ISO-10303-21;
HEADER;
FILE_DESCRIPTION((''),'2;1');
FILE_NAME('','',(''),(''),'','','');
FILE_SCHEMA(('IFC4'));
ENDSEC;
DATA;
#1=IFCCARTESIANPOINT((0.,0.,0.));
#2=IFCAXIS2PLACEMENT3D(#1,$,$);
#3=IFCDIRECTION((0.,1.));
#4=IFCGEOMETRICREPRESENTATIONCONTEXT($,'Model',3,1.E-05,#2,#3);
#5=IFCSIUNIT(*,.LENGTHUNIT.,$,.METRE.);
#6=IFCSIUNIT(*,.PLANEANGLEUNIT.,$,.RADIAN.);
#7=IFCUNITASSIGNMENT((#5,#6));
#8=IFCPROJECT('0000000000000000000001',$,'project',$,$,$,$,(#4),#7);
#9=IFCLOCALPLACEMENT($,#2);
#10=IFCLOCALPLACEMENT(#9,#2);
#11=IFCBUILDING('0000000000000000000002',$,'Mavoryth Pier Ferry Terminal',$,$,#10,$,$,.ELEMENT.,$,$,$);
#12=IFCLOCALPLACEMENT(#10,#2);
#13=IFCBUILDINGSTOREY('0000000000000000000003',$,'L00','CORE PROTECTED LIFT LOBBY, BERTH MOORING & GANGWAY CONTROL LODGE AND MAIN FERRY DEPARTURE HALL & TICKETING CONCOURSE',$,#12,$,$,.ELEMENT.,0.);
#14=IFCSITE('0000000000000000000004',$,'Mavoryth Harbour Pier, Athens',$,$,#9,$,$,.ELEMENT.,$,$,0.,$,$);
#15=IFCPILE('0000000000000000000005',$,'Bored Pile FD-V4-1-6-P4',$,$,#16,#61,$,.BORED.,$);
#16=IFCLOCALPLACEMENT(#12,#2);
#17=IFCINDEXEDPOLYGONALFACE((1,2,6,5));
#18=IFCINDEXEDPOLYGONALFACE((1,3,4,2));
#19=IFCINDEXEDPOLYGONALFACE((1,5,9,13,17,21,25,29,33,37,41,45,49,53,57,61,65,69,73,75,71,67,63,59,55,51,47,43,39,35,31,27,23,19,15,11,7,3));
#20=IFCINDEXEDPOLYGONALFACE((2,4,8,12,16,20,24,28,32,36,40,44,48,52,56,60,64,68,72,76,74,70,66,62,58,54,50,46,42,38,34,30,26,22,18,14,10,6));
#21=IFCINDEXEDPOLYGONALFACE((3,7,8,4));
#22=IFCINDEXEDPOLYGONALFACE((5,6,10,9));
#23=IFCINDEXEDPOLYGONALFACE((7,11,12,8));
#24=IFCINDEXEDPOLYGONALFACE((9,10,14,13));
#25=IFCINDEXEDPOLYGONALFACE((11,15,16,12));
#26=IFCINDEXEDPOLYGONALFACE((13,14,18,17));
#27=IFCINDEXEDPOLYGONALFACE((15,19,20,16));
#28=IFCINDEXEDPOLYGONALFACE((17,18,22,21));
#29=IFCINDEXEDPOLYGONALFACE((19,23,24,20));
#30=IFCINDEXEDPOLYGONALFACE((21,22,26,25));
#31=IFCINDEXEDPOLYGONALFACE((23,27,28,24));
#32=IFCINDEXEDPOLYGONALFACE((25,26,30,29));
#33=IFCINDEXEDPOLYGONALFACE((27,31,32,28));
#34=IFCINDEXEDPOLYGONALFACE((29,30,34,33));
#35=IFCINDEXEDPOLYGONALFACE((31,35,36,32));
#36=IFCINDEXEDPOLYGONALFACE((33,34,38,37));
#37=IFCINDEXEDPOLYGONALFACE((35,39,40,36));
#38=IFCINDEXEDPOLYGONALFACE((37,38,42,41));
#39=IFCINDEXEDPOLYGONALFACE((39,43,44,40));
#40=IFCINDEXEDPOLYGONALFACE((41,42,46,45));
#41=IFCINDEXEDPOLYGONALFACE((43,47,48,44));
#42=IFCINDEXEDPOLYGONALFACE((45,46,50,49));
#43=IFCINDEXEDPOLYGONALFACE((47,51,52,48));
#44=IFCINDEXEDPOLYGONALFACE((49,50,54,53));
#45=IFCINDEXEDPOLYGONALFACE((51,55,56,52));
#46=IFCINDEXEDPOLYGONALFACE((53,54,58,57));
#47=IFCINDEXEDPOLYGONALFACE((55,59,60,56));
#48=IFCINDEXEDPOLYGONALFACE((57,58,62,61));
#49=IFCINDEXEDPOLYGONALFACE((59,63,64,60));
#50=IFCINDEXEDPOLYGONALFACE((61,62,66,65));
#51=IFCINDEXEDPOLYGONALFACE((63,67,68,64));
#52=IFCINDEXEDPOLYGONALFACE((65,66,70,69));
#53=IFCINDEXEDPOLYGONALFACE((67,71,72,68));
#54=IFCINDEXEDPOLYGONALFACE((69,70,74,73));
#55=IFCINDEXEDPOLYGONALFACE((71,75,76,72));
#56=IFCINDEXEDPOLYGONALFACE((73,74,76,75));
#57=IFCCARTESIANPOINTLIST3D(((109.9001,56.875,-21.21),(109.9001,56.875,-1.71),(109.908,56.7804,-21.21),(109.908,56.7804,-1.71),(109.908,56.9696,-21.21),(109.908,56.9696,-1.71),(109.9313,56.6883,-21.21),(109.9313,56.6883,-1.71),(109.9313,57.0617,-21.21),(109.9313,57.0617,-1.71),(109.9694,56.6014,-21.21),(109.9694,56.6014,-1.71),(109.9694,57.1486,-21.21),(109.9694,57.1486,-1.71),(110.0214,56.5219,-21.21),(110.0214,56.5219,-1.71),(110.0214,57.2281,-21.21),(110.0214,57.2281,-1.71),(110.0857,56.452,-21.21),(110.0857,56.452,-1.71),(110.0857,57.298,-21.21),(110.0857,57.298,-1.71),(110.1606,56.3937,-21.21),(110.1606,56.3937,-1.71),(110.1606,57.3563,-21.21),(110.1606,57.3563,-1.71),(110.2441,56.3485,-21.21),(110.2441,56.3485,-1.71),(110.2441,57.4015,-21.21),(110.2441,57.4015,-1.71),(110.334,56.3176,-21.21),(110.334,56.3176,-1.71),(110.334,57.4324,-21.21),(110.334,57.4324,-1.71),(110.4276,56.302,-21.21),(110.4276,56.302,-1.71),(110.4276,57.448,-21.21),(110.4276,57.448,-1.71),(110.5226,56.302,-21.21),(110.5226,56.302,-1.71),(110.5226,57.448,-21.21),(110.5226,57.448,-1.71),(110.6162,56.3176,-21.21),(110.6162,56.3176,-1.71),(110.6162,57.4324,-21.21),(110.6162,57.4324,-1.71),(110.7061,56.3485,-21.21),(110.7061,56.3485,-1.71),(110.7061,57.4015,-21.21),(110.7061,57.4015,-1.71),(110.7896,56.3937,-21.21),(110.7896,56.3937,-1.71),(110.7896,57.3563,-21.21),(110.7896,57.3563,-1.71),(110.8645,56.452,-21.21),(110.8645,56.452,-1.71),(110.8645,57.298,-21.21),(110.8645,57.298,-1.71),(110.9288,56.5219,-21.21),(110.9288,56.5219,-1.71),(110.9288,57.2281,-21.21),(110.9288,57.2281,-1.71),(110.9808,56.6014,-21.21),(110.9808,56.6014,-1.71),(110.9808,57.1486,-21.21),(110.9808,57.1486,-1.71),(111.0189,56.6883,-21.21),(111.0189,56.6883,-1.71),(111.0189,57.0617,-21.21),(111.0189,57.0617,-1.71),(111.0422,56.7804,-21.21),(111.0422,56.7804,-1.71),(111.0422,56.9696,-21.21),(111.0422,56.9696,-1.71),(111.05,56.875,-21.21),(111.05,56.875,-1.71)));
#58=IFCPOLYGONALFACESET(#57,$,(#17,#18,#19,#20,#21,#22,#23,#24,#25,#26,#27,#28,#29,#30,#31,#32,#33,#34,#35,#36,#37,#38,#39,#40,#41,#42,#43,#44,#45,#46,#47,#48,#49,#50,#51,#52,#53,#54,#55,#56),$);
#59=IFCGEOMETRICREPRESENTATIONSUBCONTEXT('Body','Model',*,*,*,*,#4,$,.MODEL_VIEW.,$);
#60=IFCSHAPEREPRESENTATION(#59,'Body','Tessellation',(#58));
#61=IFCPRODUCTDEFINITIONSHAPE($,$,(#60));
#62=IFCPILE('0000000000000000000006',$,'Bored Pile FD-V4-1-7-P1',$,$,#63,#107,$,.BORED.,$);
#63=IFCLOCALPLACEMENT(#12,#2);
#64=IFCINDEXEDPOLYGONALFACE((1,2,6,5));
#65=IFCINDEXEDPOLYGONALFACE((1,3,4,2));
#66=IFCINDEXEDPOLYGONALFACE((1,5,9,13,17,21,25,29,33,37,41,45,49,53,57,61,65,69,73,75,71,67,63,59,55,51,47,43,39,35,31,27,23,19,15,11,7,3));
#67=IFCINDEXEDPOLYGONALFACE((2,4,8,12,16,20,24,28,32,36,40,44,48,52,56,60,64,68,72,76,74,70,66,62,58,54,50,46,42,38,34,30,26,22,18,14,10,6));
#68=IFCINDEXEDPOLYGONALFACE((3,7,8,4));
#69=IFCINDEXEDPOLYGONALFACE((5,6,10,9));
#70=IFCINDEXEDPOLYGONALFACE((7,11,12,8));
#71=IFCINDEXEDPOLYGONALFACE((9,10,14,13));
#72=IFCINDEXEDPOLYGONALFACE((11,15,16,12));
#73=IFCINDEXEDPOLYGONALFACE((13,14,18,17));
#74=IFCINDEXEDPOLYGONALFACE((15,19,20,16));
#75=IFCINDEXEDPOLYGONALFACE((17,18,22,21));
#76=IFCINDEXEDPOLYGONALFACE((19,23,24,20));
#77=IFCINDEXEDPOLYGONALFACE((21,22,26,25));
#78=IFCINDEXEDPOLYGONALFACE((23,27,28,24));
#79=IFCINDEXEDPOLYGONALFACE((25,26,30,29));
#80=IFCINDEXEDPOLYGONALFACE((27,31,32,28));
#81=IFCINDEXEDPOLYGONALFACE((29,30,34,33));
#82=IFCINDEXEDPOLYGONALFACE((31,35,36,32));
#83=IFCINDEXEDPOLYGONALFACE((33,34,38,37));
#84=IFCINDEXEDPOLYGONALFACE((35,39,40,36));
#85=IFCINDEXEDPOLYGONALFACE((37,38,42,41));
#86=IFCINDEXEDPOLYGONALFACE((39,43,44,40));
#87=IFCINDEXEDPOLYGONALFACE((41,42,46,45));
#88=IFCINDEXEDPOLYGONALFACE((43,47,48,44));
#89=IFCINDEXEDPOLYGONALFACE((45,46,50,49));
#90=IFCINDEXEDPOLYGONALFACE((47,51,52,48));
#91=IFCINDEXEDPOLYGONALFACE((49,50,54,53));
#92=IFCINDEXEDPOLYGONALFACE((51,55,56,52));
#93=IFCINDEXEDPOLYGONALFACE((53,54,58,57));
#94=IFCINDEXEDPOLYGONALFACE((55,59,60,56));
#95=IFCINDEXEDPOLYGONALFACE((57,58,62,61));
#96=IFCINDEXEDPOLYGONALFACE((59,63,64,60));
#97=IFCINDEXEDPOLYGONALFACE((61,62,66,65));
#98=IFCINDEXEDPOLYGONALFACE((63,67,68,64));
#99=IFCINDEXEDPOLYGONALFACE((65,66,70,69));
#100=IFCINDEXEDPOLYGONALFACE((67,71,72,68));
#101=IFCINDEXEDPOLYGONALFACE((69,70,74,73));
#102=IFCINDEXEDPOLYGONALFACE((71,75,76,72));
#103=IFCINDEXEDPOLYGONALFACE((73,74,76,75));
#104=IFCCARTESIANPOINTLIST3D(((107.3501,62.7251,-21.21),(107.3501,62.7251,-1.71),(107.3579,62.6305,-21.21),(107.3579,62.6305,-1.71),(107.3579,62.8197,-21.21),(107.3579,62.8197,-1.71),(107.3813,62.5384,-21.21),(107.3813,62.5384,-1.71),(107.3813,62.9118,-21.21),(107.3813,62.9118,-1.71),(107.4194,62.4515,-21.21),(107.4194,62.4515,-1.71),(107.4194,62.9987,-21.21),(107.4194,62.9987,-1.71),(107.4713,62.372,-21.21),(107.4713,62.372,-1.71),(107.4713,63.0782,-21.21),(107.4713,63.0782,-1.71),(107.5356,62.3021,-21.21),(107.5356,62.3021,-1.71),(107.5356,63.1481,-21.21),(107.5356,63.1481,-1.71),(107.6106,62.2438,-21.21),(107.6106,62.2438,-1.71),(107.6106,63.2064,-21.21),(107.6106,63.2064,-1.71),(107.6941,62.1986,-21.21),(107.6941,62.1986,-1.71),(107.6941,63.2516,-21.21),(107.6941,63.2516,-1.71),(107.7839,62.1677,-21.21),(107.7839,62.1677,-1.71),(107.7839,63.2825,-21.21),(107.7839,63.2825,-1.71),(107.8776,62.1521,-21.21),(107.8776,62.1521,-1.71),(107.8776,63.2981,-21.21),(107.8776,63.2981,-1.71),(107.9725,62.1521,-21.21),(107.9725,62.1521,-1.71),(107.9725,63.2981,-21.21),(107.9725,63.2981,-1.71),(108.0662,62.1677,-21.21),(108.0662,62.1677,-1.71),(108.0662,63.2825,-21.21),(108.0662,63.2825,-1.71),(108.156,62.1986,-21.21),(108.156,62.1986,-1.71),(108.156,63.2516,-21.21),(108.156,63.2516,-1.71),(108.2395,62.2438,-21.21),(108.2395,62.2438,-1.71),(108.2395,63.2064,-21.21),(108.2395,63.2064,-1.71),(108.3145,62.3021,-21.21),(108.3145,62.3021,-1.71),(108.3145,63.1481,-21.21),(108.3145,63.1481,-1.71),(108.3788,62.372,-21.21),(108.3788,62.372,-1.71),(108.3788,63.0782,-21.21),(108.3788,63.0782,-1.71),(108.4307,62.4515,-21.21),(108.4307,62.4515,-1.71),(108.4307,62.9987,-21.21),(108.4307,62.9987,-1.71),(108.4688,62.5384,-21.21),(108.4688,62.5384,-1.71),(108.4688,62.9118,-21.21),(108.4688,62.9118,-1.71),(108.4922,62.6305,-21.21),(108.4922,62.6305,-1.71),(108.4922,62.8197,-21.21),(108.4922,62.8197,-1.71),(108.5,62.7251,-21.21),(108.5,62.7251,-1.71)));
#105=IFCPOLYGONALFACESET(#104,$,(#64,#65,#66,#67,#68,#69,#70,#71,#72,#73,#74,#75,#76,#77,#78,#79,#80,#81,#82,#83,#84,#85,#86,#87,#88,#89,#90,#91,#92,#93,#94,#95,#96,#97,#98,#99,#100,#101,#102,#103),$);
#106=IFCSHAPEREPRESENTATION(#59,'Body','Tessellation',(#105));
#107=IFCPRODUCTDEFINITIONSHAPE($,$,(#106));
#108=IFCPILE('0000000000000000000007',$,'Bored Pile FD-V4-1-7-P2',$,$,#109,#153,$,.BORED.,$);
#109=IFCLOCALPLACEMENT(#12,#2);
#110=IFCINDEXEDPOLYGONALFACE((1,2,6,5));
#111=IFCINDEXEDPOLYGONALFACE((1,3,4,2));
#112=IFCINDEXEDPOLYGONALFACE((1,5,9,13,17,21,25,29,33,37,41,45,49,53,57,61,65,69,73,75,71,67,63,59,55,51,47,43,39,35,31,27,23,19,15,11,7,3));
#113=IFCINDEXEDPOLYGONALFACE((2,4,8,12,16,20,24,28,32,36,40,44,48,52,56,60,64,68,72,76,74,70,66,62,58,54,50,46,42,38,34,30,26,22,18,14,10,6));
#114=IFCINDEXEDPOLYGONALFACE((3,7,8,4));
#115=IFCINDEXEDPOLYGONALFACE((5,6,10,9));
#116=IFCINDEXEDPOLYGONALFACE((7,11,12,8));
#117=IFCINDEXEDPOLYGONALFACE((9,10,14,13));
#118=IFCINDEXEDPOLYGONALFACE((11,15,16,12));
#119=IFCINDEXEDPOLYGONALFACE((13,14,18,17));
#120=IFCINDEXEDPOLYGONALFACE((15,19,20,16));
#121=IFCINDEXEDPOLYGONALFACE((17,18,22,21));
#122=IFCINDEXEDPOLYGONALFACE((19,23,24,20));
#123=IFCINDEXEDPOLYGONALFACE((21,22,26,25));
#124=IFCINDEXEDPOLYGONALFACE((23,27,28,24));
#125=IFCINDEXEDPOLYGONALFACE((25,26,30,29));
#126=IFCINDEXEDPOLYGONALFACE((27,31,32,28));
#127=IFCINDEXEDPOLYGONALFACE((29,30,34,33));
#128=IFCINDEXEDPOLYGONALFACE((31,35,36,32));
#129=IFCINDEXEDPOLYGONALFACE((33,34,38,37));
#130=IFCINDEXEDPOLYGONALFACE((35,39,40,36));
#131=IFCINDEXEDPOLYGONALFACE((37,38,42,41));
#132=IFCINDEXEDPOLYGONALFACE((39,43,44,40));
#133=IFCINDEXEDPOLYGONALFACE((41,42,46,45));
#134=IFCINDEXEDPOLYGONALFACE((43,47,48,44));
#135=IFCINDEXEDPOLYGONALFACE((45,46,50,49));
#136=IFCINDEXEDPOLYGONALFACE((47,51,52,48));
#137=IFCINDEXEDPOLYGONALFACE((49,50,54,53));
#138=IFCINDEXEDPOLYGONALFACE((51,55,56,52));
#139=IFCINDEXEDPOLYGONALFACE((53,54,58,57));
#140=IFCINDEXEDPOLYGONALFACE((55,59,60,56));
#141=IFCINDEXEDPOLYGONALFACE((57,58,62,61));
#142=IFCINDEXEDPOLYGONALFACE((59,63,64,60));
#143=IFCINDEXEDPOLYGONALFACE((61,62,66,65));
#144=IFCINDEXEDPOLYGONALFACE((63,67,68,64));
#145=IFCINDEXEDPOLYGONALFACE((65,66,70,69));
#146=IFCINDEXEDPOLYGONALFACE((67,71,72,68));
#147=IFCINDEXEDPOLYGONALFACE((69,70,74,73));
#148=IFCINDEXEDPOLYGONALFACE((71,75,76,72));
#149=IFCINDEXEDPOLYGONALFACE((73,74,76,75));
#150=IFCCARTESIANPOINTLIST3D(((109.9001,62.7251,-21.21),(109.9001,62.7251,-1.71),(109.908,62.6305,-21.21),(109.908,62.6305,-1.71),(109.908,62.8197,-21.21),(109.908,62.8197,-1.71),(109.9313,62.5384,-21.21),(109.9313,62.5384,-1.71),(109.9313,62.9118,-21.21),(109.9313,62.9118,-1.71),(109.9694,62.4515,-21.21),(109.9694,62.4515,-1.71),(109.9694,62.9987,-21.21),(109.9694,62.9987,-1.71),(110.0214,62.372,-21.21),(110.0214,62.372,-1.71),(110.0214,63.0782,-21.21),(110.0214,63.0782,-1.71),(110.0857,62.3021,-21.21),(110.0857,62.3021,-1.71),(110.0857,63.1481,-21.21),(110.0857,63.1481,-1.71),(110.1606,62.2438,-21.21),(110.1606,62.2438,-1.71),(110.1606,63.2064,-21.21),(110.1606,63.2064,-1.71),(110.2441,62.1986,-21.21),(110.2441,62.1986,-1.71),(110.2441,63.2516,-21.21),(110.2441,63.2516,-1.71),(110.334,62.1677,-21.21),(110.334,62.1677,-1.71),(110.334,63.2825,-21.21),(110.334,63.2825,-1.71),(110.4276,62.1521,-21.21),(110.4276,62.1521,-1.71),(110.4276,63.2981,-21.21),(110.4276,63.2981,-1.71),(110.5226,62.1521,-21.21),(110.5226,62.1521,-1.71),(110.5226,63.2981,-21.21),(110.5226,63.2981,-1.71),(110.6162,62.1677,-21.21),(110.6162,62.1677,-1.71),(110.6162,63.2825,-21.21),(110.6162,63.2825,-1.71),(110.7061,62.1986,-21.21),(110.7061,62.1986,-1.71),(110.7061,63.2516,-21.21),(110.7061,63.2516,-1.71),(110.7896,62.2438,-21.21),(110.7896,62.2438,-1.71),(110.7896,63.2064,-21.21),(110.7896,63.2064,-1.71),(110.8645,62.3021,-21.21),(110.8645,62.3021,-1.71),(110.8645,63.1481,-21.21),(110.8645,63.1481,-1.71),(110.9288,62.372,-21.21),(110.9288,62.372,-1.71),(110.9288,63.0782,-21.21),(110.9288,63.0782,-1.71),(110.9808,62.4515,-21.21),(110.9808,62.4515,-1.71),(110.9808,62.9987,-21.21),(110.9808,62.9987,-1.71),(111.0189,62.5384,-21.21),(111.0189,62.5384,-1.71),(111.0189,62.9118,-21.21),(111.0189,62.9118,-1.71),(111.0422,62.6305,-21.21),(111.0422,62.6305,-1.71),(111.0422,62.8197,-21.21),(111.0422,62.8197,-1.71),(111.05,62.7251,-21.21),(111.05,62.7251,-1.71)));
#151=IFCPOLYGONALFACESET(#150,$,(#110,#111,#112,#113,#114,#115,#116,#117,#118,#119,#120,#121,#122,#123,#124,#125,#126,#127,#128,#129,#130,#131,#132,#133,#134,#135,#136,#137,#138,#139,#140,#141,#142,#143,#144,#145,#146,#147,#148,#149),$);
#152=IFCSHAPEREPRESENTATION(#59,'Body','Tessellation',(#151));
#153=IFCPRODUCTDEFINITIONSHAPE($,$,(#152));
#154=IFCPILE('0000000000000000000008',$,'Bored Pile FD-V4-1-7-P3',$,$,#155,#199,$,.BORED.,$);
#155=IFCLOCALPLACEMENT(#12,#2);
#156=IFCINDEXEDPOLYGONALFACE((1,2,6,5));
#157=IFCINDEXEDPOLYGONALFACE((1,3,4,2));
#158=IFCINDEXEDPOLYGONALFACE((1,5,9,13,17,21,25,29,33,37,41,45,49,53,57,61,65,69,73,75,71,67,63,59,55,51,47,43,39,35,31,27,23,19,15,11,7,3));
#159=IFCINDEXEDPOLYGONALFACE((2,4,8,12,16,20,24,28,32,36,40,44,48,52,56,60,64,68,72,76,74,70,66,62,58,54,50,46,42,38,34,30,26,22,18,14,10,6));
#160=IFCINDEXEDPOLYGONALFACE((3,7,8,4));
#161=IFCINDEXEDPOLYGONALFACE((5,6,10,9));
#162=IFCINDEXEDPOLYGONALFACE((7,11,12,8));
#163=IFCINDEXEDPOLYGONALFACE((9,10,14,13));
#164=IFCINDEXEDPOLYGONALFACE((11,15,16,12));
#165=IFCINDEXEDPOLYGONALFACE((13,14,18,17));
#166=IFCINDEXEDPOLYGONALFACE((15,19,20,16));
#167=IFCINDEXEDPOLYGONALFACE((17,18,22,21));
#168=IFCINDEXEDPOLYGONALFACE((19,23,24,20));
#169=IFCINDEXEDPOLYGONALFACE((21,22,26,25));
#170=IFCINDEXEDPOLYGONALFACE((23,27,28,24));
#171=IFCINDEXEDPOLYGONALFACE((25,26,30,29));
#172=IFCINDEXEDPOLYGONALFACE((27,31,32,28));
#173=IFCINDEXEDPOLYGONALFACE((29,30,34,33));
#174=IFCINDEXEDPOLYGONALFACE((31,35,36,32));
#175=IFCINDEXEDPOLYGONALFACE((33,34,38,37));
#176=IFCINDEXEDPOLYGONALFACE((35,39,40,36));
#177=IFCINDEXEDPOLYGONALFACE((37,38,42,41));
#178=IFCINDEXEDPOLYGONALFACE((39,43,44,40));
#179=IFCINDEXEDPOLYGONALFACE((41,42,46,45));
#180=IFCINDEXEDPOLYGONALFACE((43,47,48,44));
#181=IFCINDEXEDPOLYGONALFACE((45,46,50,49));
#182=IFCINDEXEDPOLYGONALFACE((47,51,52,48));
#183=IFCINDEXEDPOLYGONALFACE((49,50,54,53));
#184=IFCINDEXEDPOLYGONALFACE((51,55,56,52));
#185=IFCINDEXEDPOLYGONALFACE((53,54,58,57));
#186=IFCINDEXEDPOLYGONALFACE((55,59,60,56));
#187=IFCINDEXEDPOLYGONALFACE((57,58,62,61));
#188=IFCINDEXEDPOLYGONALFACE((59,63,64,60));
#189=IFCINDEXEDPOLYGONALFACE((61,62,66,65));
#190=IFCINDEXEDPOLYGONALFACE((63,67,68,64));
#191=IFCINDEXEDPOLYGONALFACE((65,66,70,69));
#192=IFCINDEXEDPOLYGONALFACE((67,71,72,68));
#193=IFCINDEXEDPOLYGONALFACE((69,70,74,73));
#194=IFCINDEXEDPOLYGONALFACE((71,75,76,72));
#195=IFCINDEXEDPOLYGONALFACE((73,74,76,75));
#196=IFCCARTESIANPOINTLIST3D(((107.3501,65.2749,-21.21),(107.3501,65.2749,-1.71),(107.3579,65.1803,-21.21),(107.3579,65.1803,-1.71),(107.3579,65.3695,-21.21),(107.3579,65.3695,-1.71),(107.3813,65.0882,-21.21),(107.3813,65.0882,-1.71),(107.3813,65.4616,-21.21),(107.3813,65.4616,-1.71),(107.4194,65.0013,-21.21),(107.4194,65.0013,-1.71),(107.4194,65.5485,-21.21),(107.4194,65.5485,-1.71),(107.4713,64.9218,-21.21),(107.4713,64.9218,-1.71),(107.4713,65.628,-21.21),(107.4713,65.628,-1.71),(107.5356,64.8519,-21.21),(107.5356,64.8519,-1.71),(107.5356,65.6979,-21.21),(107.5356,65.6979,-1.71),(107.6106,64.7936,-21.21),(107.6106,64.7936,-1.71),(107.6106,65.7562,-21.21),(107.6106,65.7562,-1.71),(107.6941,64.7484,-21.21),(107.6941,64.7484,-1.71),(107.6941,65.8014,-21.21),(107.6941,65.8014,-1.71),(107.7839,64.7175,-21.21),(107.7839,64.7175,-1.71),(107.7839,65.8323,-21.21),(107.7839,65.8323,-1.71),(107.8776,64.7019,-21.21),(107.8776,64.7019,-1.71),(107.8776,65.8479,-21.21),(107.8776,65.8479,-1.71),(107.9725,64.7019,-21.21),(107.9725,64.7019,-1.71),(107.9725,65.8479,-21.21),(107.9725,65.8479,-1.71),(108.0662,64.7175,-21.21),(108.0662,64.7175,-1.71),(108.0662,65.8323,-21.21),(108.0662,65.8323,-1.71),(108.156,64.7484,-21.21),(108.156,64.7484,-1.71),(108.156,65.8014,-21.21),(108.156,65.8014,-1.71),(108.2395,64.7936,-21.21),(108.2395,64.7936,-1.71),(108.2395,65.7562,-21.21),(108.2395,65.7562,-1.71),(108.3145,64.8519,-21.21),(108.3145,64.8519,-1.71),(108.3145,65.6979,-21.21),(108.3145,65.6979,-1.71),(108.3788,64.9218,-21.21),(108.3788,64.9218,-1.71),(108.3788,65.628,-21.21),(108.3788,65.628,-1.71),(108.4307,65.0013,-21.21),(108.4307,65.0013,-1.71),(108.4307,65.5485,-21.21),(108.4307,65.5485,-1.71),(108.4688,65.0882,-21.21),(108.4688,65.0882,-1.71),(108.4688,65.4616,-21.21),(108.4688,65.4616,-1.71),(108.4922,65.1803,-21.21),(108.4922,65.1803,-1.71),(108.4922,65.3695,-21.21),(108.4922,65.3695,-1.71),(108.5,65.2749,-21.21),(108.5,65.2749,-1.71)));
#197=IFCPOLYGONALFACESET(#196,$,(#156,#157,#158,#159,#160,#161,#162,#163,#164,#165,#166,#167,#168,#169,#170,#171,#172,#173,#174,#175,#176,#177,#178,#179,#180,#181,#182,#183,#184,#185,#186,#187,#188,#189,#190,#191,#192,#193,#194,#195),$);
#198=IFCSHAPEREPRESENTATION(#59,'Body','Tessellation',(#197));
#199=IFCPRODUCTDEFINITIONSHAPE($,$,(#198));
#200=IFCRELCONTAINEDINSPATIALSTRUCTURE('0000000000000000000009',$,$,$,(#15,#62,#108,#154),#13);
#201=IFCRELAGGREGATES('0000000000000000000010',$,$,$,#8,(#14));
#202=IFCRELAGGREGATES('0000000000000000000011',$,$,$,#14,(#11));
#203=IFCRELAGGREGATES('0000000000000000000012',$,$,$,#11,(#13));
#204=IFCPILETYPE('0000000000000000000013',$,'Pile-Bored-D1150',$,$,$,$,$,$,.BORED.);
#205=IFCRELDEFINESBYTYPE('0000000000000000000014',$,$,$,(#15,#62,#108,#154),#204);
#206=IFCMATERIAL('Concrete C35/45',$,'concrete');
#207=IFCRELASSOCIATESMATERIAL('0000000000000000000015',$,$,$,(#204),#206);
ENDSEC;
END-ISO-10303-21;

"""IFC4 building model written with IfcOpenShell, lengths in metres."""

from ifc_helpers import new_model, si_unit, direction, frame, origin, origin_2d, place, context, subcontext, project, spatial, circle, extrude, material, material_profile, profile_set, type_object, element, save


model = new_model("IFC4")

# Units and contexts
model_context = context("Model", 3, precision=1e-05, world=origin(), true_north=direction((0.0, 1.0)))
body_context = subcontext(model_context, "Body", "Model", "MODEL_VIEW")
ifc_project = project(units=[si_unit("LENGTHUNIT", "METRE"), si_unit("PLANEANGLEUNIT", "RADIAN")], contexts=[model_context])

# Site, building, storey
site_placement = place(None, origin())
site = spatial("IfcSite", under=ifc_project, at=site_placement, Name="Mavoryth Harbour Pier, Athens", CompositionType="ELEMENT", RefElevation=0.0)
building_placement = place(site_placement, origin())
building = spatial("IfcBuilding", under=site, at=building_placement, Name="Mavoryth Pier Ferry Terminal", CompositionType="ELEMENT")
storey_placement = place(building_placement, origin())
storey = spatial("IfcBuildingStorey", under=building, at=storey_placement, Name="L00", Description="CORE PROTECTED LIFT LOBBY, BERTH MOORING & GANGWAY CONTROL LODGE AND MAIN FERRY DEPARTURE HALL & TICKETING CONCOURSE", CompositionType="ELEMENT", Elevation=0.0)

# Shared definitions
ifc_material_1 = material(Name="Concrete C35/45", Category="concrete")

# Piles
ifc_material_profile_1 = material_profile(ifc_material_1, circle(Radius=0.575, at=origin_2d()), Name="PILE D1150", Category="concrete")
ifc_profile_set_1 = profile_set([ifc_material_profile_1], Name="Concrete C35/45 - PILE D1150")
pile_type = type_object("IfcPileType", Name="Pile-Bored-D1150", PredefinedType="BORED", material=ifc_profile_set_1)
for number, where, z_axis, x_axis, name in (
    (1, (110.4751, 56.875, -1.71), (0.0, 0.0, -1.0), (1.0, 0.0, 0.0), "Bored Pile FD-V4-1-6-P4"),
    (2, (107.925, 62.7251, -1.71), (0.0, 0.0, -1.0), (1.0, 0.0, 0.0), "Bored Pile FD-V4-1-7-P1"),
    (3, (110.4751, 62.7251, -1.71), (0.0, 0.0, -1.0), (1.0, 0.0, 0.0), "Bored Pile FD-V4-1-7-P2"),
    (4, (107.925, 65.2749, -1.71), (0.0, 0.0, -1.0), (1.0, 0.0, 0.0), "Bored Pile FD-V4-1-7-P3"),
):
    element("IfcPile", number, at=place(storey_placement, frame(where, z_axis=z_axis, x_axis=x_axis)), inside=storey, type_object=pile_type, Name=name, PredefinedType="BORED", context=body_context, shape_type="SweptSolid", body=[
        extrude(circle(Radius=0.575, at=origin_2d()), origin(), (0.0, 0.0, 1.0), 19.5),
    ])

save(model, "model.ifc")
